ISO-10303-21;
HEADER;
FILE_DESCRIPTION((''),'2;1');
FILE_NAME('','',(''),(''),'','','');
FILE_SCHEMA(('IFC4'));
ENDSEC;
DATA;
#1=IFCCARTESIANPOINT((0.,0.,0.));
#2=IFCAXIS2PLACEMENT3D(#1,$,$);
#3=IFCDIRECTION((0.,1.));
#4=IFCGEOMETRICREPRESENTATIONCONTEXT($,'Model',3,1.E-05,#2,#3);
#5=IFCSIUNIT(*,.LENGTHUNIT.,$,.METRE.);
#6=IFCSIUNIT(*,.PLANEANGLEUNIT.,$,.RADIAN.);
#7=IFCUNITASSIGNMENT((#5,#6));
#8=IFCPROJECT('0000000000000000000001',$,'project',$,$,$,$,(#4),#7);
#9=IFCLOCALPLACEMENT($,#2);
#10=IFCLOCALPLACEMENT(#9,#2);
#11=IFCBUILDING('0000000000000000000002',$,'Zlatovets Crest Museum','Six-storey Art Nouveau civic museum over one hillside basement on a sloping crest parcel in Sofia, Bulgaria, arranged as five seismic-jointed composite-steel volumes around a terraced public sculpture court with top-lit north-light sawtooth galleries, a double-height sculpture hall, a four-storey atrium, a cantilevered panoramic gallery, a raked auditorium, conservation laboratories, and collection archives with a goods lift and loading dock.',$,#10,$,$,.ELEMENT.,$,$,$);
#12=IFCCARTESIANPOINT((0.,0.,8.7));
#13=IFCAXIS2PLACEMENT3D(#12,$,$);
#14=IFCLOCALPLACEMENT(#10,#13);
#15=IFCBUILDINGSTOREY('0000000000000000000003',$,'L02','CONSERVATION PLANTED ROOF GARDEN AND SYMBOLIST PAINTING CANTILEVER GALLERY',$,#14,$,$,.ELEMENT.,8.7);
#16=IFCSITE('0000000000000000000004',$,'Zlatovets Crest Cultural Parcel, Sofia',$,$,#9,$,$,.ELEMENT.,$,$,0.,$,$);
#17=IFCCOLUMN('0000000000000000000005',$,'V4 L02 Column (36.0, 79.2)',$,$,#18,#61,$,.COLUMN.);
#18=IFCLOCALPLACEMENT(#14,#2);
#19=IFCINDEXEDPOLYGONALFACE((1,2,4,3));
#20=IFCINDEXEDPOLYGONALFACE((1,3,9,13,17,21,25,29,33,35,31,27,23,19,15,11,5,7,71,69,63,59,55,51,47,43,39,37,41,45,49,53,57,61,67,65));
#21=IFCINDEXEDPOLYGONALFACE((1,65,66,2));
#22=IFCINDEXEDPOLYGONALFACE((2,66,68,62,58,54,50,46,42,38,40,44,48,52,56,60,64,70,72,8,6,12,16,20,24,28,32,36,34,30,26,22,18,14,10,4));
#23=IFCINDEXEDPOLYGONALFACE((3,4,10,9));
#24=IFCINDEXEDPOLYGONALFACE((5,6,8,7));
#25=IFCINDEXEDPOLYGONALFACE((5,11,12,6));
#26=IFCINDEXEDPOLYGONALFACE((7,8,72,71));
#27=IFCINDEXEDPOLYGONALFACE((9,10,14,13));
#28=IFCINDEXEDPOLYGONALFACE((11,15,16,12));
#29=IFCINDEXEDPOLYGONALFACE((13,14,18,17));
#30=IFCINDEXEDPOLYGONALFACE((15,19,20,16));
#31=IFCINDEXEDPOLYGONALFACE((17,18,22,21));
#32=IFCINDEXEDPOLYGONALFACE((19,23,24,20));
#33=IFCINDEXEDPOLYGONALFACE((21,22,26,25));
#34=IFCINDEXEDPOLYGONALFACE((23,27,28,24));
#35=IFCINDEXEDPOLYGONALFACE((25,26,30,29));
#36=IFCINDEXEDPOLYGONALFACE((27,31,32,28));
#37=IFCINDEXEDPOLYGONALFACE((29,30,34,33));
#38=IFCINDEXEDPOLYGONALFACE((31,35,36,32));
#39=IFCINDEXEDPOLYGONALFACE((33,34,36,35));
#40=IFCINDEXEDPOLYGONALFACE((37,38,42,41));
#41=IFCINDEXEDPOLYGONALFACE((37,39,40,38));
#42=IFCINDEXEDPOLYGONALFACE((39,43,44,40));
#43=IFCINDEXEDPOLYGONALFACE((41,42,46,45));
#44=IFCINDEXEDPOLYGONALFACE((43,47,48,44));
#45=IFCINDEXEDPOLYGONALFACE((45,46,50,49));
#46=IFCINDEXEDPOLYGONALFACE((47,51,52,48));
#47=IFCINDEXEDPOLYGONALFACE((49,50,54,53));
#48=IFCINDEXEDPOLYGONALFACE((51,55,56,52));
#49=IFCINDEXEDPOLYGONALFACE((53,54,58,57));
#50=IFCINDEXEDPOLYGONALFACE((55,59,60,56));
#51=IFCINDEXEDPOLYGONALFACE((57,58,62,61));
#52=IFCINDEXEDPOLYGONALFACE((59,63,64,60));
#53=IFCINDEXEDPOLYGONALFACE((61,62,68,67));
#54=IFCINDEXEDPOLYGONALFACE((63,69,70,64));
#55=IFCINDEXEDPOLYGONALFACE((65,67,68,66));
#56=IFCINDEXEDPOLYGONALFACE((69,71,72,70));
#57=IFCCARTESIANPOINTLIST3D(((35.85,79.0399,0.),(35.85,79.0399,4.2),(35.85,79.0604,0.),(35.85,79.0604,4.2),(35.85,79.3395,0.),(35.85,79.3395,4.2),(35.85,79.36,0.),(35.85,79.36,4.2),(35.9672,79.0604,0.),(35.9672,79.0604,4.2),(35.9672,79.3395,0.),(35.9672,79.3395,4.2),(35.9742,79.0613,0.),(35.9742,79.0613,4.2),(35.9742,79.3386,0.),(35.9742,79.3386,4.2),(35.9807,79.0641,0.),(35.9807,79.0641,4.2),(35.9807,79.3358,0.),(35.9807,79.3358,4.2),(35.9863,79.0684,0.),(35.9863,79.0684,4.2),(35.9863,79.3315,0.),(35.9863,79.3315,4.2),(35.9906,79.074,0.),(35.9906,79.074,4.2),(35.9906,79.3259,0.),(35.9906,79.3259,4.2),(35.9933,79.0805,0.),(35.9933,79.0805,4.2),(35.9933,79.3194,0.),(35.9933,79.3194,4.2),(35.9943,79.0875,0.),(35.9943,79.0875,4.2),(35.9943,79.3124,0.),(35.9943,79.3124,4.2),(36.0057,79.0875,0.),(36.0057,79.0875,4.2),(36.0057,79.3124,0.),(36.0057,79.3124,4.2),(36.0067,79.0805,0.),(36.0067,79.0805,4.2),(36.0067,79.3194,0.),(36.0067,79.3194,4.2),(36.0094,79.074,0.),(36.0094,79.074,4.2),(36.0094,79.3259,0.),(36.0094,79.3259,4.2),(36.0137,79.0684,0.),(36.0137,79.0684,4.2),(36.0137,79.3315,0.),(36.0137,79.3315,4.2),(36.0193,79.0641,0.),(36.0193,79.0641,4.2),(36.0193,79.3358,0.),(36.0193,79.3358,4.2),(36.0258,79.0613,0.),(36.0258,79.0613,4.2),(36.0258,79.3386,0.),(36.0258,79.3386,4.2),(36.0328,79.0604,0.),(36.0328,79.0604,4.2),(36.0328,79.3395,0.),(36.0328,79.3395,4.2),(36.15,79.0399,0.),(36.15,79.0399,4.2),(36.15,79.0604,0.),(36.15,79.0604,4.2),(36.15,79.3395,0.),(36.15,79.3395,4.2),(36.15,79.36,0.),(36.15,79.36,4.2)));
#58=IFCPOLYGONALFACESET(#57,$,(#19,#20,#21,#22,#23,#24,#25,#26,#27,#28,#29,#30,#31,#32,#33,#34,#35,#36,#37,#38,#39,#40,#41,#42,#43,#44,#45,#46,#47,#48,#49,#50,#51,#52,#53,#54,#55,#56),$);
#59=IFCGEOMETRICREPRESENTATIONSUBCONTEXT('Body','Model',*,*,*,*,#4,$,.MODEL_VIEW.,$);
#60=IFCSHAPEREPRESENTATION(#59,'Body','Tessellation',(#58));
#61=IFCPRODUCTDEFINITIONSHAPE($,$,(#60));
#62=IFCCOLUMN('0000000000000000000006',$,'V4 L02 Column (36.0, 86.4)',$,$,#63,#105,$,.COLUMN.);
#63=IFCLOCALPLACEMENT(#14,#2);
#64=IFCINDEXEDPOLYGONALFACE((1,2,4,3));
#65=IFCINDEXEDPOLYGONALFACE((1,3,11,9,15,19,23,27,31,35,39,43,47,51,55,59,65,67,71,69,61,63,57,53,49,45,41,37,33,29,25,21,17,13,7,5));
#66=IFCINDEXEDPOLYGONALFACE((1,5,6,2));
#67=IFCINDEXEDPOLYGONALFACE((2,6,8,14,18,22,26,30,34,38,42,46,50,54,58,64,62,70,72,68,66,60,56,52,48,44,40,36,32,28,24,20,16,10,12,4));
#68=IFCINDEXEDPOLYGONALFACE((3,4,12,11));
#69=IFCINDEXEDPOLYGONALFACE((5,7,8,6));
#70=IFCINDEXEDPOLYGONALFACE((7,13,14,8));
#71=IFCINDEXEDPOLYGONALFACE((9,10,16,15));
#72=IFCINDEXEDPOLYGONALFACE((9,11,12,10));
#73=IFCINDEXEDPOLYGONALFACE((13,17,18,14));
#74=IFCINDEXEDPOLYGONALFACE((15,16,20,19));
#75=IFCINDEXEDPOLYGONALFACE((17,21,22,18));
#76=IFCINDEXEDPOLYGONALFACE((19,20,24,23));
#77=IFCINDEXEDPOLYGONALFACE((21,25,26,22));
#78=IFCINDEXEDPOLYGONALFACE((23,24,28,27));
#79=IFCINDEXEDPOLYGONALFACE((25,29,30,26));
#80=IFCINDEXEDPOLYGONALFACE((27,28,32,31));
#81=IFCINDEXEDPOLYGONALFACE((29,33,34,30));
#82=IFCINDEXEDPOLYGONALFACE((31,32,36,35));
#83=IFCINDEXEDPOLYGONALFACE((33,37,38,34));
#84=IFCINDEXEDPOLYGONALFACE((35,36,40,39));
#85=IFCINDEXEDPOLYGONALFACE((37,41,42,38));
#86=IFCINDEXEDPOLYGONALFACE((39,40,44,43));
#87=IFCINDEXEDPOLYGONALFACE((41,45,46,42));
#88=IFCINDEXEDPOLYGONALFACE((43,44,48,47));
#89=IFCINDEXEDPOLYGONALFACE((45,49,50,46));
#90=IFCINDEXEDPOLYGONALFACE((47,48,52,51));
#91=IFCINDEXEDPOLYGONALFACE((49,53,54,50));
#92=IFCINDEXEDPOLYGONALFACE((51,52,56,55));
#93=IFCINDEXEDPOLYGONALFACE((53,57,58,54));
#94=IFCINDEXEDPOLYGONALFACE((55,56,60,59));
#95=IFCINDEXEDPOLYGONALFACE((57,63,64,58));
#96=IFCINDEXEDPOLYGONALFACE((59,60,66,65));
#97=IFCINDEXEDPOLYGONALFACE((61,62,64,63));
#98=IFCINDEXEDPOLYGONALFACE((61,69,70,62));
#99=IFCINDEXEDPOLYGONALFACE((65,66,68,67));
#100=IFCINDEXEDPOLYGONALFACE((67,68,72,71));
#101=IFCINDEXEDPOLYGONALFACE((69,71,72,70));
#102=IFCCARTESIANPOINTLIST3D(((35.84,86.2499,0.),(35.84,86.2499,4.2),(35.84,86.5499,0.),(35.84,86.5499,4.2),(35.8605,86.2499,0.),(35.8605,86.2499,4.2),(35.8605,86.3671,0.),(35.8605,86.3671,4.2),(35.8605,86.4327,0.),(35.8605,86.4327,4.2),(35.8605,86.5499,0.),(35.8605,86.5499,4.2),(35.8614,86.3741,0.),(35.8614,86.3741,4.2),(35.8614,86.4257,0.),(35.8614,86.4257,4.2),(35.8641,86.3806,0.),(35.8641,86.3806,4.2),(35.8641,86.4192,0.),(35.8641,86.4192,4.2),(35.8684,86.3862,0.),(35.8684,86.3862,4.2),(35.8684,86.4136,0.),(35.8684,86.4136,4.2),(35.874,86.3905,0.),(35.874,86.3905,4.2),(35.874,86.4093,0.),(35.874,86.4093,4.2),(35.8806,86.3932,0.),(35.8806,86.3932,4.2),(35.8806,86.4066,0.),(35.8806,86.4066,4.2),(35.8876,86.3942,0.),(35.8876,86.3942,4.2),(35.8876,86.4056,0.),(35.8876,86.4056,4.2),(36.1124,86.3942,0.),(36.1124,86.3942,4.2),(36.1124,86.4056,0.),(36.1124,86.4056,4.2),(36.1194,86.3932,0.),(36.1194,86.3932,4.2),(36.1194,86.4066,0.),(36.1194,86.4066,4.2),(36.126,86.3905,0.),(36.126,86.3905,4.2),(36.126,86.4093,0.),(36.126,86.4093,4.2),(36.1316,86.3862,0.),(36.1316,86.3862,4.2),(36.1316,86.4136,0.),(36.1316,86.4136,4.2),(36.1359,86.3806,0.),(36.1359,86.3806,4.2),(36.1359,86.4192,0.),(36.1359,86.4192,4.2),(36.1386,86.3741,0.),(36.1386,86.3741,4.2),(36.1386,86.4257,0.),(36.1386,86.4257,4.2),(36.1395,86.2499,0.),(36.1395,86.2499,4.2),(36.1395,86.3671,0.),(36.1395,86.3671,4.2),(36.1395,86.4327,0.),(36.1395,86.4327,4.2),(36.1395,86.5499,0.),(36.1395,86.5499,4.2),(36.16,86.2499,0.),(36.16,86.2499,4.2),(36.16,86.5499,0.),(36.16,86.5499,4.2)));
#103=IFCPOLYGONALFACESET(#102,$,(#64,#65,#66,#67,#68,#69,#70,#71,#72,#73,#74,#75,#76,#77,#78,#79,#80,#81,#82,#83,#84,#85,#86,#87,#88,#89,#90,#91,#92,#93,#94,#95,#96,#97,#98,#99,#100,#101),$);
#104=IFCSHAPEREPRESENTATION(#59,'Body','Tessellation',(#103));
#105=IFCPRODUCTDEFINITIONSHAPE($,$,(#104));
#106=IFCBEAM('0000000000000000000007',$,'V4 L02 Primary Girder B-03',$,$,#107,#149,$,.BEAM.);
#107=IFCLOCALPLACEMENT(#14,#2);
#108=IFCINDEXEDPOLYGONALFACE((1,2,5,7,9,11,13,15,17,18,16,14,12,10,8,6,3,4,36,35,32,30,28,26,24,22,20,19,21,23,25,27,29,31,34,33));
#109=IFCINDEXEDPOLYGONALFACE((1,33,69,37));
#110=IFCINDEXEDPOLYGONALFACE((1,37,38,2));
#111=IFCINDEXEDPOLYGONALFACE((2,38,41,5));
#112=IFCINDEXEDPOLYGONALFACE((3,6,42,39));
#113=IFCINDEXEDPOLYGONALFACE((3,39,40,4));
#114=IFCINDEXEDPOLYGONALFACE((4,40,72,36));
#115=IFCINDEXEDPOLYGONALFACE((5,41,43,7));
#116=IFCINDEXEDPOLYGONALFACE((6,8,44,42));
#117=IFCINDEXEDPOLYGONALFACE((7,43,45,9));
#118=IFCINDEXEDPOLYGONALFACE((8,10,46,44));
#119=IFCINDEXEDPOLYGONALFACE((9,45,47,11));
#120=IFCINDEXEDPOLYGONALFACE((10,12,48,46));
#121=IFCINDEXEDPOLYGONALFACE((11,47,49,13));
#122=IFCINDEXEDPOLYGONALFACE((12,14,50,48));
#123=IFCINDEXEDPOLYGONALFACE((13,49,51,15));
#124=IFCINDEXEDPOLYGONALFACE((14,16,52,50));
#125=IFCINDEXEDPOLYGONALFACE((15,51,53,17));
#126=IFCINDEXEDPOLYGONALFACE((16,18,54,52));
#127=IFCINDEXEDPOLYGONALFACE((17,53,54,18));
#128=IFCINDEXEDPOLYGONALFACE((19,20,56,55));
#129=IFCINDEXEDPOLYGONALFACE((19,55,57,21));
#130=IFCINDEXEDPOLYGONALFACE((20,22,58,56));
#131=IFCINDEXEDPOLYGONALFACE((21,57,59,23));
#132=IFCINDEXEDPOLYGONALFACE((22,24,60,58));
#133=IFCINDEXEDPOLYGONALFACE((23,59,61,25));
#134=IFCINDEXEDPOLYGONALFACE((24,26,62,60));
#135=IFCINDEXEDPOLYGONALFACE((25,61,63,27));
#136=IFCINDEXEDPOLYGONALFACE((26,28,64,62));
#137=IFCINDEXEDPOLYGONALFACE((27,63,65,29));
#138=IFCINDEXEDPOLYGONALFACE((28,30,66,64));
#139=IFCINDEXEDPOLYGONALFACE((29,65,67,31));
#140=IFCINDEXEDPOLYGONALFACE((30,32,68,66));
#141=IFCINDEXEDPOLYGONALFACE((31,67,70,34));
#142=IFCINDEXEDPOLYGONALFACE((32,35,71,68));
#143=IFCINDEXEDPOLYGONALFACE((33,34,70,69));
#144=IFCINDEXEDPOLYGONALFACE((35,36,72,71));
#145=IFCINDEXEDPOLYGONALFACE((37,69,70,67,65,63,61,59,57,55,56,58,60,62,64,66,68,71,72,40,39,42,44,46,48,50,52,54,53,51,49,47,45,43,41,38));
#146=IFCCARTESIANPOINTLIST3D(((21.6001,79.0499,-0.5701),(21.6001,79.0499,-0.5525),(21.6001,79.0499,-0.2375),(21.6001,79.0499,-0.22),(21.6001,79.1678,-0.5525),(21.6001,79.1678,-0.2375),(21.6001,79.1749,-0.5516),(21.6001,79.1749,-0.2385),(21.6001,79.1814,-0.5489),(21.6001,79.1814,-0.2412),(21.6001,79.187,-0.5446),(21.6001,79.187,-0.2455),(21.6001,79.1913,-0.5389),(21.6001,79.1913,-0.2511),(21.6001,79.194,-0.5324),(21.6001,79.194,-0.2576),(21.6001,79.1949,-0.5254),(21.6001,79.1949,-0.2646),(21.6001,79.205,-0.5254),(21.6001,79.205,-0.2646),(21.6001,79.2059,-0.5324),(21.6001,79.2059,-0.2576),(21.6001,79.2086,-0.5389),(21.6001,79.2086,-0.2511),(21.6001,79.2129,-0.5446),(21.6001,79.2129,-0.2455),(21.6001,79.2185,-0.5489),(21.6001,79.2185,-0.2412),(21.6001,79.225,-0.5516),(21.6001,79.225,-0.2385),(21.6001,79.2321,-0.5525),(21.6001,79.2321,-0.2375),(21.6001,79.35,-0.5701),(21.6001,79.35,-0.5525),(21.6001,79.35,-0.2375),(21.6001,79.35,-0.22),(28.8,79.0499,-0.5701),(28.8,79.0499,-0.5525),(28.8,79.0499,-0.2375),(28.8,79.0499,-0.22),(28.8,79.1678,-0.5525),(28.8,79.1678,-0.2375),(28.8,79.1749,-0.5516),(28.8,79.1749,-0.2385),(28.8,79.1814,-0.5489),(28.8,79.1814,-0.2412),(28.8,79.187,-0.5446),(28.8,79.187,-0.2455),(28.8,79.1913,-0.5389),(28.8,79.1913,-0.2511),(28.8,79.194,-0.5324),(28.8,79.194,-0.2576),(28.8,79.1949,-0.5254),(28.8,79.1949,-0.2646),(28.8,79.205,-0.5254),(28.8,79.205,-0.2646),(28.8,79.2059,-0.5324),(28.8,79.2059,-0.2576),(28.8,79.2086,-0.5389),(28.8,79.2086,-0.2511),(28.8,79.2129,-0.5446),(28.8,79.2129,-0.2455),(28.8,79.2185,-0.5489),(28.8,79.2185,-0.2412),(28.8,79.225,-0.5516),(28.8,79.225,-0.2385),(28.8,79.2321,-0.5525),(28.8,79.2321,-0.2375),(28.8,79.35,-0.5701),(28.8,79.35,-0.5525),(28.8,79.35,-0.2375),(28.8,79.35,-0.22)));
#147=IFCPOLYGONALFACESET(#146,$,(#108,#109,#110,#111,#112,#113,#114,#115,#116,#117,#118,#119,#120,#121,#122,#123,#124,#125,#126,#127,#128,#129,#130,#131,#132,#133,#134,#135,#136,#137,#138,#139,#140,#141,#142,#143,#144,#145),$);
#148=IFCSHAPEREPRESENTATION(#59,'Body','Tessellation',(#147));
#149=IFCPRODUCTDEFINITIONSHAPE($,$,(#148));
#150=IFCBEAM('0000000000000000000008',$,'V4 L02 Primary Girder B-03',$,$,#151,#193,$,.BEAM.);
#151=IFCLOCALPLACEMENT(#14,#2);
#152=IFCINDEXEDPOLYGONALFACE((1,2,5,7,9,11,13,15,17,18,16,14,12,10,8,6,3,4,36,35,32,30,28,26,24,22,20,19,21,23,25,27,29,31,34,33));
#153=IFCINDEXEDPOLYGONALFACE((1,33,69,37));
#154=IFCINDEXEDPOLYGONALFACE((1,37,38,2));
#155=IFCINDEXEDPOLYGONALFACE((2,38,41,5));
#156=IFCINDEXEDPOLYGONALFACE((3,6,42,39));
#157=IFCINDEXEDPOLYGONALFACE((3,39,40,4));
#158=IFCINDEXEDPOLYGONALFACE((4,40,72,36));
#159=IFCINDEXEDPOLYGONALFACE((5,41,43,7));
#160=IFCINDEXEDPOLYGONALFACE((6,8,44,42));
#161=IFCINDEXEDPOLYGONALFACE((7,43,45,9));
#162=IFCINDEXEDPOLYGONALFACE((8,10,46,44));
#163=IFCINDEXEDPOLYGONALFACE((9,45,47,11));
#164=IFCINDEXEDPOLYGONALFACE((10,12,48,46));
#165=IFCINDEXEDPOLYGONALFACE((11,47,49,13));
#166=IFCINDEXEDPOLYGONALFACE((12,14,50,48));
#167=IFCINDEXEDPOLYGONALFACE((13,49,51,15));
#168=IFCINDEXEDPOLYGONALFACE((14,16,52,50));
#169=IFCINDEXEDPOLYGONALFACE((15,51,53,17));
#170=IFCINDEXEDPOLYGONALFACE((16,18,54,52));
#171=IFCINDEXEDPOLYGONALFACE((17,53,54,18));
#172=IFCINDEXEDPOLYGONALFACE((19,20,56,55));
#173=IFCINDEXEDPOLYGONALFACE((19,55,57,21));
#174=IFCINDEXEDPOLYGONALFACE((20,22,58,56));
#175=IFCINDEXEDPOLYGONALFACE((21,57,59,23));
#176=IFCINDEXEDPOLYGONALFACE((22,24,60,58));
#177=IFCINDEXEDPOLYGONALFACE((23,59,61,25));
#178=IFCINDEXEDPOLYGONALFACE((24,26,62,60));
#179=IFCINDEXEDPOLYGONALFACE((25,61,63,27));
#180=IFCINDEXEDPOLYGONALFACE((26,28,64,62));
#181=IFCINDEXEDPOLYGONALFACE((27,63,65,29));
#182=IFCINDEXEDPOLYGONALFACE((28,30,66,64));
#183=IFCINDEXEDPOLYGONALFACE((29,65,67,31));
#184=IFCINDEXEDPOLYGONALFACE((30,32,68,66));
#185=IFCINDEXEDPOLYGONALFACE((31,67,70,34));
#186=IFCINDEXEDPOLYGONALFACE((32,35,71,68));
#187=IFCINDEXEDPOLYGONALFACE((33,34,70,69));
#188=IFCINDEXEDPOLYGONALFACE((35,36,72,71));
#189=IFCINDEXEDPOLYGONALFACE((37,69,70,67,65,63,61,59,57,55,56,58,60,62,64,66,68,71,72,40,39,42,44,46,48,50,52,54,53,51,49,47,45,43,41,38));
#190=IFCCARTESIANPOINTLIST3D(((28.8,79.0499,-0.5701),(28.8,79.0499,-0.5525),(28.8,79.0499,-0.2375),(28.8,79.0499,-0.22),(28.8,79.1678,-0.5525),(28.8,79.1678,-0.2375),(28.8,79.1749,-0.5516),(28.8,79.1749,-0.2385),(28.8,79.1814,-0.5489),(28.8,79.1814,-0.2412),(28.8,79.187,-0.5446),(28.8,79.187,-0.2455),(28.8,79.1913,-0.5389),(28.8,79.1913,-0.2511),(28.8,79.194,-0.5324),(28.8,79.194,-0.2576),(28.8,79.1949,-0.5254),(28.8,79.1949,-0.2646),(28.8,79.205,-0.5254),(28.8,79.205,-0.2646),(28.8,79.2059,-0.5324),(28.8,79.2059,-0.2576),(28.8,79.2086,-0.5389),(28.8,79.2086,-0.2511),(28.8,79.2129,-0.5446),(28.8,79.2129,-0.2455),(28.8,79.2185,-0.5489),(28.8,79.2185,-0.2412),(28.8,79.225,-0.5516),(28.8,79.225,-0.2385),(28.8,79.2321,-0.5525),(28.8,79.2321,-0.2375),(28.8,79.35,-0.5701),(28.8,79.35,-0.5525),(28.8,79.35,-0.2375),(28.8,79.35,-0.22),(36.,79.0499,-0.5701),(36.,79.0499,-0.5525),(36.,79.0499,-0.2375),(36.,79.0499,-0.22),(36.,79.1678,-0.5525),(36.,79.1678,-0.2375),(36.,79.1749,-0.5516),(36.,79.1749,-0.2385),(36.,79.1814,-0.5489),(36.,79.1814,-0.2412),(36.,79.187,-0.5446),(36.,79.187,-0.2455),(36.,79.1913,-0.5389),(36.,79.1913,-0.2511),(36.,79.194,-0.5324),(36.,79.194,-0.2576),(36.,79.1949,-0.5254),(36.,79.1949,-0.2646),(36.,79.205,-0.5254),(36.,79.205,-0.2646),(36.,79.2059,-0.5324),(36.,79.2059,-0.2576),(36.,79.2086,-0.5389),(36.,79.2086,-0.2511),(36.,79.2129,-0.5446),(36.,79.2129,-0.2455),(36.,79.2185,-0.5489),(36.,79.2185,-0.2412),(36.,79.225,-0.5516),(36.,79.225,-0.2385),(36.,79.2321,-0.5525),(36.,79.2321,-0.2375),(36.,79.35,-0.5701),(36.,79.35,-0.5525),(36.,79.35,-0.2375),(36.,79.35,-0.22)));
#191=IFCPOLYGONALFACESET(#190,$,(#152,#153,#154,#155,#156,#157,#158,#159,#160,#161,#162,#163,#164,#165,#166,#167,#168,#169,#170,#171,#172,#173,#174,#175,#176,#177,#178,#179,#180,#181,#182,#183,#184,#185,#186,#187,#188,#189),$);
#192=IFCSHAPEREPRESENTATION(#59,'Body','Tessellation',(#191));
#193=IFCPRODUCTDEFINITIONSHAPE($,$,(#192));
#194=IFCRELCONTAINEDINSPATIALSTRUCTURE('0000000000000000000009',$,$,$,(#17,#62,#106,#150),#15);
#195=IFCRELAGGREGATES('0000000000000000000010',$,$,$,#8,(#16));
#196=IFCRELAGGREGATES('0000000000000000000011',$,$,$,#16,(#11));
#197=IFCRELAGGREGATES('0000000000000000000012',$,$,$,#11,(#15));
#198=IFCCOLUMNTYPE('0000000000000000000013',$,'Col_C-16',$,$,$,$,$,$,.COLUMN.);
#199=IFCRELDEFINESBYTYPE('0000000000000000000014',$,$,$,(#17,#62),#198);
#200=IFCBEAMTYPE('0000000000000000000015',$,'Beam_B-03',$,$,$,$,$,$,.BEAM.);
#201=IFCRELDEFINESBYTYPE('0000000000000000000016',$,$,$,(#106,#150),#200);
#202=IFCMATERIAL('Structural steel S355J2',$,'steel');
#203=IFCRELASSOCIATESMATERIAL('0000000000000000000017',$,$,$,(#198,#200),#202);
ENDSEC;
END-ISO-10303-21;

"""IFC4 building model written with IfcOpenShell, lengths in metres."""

from ifc_helpers import new_model, si_unit, direction, frame, origin, origin_2d, place, context, subcontext, project, spatial, i_section, extrude, material, material_profile, profile_set, type_object, element, save


model = new_model("IFC4")

# Units and contexts
model_context = context("Model", 3, precision=1e-05, world=origin(), true_north=direction((0.0, 1.0)))
body_context = subcontext(model_context, "Body", "Model", "MODEL_VIEW")
ifc_project = project(units=[si_unit("LENGTHUNIT", "METRE"), si_unit("PLANEANGLEUNIT", "RADIAN")], contexts=[model_context])

# Site, building, storey
site_placement = place(None, origin())
site = spatial("IfcSite", under=ifc_project, at=site_placement, Name="Zlatovets Crest Cultural Parcel, Sofia", CompositionType="ELEMENT", RefElevation=0.0)
building_placement = place(site_placement, origin())
building = spatial("IfcBuilding", under=site, at=building_placement, Name="Zlatovets Crest Museum", Description="Six-storey Art Nouveau civic museum over one hillside basement on a sloping crest parcel in Sofia, Bulgaria, arranged as five seismic-jointed composite-steel volumes around a terraced public sculpture court with top-lit north-light sawtooth galleries, a double-height sculpture hall, a four-storey atrium, a cantilevered panoramic gallery, a raked auditorium, conservation laboratories, and collection archives with a goods lift and loading dock.", CompositionType="ELEMENT")
storey_placement = place(building_placement, frame((0.0, 0.0, 8.7)))
storey = spatial("IfcBuildingStorey", under=building, at=storey_placement, Name="L02", Description="CONSERVATION PLANTED ROOF GARDEN AND SYMBOLIST PAINTING CANTILEVER GALLERY", CompositionType="ELEMENT", Elevation=8.7)

# Columns
ifc_material_1 = material(Name="Structural steel S355J2", Category="steel")
ifc_material_profile_1 = material_profile(ifc_material_1, i_section(OverallWidth=0.3, OverallDepth=0.3201, WebThickness=0.0115, FlangeThickness=0.0205, FilletRadius=0.0271, at=origin_2d()), Name="HEB 320")
ifc_profile_set_1 = profile_set([ifc_material_profile_1], Name="Structural steel S355J2")
column_type = type_object("IfcColumnType", Name="Col_C-16", PredefinedType="COLUMN", material=ifc_profile_set_1)
for number, where, z_axis, x_axis, name in (
    (1, (36.0, 79.2, 0.0), (0.0, 0.0, 1.0), (1.0, 0.0, 0.0), "V4 L02 Column (36.0, 79.2)"),
    (2, (36.0, 86.3999, 0.0), (0.0, 0.0, 1.0), (0.0, 1.0, 0.0), "V4 L02 Column (36.0, 86.4)"),
):
    element("IfcColumn", number, at=place(storey_placement, frame(where, z_axis=z_axis, x_axis=x_axis)), inside=storey, type_object=column_type, Name=name, PredefinedType="COLUMN", context=body_context, shape_type="SweptSolid", body=[
        extrude(i_section(OverallWidth=0.3, OverallDepth=0.3201, WebThickness=0.0115, FlangeThickness=0.0205, FilletRadius=0.0271, at=origin_2d()), origin(), (0.0, 0.0, 1.0), 4.2),
    ])

# Beams
ifc_material_profile_2 = material_profile(ifc_material_1, i_section(OverallWidth=0.3, OverallDepth=0.3501, WebThickness=0.01, FlangeThickness=0.0176, FilletRadius=0.0271, at=origin_2d()), Name="HEA 360")
ifc_profile_set_2 = profile_set([ifc_material_profile_2], Name="Structural steel S355J2")
beam_type_1 = type_object("IfcBeamType", Name="Beam_B-03", PredefinedType="BEAM", material=ifc_profile_set_2)
for number, where, z_axis, x_axis, name in (
    (3, (21.6001, 79.2, -0.395), (1.0, 0.0, 0.0), (0.0, 1.0, 0.0), "V4 L02 Primary Girder B-03"),
    (4, (28.8, 79.2, -0.395), (1.0, 0.0, 0.0), (0.0, 1.0, 0.0), "V4 L02 Primary Girder B-03"),
):
    element("IfcBeam", number, at=place(storey_placement, frame(where, z_axis=z_axis, x_axis=x_axis)), inside=storey, type_object=beam_type_1, Name=name, PredefinedType="BEAM", context=body_context, shape_type="SweptSolid", body=[
        extrude(i_section(OverallWidth=0.3, OverallDepth=0.3501, WebThickness=0.01, FlangeThickness=0.0176, FilletRadius=0.0271, at=origin_2d()), origin(), (0.0, 0.0, 1.0), 7.2),
    ])

save(model, "model.ifc")
